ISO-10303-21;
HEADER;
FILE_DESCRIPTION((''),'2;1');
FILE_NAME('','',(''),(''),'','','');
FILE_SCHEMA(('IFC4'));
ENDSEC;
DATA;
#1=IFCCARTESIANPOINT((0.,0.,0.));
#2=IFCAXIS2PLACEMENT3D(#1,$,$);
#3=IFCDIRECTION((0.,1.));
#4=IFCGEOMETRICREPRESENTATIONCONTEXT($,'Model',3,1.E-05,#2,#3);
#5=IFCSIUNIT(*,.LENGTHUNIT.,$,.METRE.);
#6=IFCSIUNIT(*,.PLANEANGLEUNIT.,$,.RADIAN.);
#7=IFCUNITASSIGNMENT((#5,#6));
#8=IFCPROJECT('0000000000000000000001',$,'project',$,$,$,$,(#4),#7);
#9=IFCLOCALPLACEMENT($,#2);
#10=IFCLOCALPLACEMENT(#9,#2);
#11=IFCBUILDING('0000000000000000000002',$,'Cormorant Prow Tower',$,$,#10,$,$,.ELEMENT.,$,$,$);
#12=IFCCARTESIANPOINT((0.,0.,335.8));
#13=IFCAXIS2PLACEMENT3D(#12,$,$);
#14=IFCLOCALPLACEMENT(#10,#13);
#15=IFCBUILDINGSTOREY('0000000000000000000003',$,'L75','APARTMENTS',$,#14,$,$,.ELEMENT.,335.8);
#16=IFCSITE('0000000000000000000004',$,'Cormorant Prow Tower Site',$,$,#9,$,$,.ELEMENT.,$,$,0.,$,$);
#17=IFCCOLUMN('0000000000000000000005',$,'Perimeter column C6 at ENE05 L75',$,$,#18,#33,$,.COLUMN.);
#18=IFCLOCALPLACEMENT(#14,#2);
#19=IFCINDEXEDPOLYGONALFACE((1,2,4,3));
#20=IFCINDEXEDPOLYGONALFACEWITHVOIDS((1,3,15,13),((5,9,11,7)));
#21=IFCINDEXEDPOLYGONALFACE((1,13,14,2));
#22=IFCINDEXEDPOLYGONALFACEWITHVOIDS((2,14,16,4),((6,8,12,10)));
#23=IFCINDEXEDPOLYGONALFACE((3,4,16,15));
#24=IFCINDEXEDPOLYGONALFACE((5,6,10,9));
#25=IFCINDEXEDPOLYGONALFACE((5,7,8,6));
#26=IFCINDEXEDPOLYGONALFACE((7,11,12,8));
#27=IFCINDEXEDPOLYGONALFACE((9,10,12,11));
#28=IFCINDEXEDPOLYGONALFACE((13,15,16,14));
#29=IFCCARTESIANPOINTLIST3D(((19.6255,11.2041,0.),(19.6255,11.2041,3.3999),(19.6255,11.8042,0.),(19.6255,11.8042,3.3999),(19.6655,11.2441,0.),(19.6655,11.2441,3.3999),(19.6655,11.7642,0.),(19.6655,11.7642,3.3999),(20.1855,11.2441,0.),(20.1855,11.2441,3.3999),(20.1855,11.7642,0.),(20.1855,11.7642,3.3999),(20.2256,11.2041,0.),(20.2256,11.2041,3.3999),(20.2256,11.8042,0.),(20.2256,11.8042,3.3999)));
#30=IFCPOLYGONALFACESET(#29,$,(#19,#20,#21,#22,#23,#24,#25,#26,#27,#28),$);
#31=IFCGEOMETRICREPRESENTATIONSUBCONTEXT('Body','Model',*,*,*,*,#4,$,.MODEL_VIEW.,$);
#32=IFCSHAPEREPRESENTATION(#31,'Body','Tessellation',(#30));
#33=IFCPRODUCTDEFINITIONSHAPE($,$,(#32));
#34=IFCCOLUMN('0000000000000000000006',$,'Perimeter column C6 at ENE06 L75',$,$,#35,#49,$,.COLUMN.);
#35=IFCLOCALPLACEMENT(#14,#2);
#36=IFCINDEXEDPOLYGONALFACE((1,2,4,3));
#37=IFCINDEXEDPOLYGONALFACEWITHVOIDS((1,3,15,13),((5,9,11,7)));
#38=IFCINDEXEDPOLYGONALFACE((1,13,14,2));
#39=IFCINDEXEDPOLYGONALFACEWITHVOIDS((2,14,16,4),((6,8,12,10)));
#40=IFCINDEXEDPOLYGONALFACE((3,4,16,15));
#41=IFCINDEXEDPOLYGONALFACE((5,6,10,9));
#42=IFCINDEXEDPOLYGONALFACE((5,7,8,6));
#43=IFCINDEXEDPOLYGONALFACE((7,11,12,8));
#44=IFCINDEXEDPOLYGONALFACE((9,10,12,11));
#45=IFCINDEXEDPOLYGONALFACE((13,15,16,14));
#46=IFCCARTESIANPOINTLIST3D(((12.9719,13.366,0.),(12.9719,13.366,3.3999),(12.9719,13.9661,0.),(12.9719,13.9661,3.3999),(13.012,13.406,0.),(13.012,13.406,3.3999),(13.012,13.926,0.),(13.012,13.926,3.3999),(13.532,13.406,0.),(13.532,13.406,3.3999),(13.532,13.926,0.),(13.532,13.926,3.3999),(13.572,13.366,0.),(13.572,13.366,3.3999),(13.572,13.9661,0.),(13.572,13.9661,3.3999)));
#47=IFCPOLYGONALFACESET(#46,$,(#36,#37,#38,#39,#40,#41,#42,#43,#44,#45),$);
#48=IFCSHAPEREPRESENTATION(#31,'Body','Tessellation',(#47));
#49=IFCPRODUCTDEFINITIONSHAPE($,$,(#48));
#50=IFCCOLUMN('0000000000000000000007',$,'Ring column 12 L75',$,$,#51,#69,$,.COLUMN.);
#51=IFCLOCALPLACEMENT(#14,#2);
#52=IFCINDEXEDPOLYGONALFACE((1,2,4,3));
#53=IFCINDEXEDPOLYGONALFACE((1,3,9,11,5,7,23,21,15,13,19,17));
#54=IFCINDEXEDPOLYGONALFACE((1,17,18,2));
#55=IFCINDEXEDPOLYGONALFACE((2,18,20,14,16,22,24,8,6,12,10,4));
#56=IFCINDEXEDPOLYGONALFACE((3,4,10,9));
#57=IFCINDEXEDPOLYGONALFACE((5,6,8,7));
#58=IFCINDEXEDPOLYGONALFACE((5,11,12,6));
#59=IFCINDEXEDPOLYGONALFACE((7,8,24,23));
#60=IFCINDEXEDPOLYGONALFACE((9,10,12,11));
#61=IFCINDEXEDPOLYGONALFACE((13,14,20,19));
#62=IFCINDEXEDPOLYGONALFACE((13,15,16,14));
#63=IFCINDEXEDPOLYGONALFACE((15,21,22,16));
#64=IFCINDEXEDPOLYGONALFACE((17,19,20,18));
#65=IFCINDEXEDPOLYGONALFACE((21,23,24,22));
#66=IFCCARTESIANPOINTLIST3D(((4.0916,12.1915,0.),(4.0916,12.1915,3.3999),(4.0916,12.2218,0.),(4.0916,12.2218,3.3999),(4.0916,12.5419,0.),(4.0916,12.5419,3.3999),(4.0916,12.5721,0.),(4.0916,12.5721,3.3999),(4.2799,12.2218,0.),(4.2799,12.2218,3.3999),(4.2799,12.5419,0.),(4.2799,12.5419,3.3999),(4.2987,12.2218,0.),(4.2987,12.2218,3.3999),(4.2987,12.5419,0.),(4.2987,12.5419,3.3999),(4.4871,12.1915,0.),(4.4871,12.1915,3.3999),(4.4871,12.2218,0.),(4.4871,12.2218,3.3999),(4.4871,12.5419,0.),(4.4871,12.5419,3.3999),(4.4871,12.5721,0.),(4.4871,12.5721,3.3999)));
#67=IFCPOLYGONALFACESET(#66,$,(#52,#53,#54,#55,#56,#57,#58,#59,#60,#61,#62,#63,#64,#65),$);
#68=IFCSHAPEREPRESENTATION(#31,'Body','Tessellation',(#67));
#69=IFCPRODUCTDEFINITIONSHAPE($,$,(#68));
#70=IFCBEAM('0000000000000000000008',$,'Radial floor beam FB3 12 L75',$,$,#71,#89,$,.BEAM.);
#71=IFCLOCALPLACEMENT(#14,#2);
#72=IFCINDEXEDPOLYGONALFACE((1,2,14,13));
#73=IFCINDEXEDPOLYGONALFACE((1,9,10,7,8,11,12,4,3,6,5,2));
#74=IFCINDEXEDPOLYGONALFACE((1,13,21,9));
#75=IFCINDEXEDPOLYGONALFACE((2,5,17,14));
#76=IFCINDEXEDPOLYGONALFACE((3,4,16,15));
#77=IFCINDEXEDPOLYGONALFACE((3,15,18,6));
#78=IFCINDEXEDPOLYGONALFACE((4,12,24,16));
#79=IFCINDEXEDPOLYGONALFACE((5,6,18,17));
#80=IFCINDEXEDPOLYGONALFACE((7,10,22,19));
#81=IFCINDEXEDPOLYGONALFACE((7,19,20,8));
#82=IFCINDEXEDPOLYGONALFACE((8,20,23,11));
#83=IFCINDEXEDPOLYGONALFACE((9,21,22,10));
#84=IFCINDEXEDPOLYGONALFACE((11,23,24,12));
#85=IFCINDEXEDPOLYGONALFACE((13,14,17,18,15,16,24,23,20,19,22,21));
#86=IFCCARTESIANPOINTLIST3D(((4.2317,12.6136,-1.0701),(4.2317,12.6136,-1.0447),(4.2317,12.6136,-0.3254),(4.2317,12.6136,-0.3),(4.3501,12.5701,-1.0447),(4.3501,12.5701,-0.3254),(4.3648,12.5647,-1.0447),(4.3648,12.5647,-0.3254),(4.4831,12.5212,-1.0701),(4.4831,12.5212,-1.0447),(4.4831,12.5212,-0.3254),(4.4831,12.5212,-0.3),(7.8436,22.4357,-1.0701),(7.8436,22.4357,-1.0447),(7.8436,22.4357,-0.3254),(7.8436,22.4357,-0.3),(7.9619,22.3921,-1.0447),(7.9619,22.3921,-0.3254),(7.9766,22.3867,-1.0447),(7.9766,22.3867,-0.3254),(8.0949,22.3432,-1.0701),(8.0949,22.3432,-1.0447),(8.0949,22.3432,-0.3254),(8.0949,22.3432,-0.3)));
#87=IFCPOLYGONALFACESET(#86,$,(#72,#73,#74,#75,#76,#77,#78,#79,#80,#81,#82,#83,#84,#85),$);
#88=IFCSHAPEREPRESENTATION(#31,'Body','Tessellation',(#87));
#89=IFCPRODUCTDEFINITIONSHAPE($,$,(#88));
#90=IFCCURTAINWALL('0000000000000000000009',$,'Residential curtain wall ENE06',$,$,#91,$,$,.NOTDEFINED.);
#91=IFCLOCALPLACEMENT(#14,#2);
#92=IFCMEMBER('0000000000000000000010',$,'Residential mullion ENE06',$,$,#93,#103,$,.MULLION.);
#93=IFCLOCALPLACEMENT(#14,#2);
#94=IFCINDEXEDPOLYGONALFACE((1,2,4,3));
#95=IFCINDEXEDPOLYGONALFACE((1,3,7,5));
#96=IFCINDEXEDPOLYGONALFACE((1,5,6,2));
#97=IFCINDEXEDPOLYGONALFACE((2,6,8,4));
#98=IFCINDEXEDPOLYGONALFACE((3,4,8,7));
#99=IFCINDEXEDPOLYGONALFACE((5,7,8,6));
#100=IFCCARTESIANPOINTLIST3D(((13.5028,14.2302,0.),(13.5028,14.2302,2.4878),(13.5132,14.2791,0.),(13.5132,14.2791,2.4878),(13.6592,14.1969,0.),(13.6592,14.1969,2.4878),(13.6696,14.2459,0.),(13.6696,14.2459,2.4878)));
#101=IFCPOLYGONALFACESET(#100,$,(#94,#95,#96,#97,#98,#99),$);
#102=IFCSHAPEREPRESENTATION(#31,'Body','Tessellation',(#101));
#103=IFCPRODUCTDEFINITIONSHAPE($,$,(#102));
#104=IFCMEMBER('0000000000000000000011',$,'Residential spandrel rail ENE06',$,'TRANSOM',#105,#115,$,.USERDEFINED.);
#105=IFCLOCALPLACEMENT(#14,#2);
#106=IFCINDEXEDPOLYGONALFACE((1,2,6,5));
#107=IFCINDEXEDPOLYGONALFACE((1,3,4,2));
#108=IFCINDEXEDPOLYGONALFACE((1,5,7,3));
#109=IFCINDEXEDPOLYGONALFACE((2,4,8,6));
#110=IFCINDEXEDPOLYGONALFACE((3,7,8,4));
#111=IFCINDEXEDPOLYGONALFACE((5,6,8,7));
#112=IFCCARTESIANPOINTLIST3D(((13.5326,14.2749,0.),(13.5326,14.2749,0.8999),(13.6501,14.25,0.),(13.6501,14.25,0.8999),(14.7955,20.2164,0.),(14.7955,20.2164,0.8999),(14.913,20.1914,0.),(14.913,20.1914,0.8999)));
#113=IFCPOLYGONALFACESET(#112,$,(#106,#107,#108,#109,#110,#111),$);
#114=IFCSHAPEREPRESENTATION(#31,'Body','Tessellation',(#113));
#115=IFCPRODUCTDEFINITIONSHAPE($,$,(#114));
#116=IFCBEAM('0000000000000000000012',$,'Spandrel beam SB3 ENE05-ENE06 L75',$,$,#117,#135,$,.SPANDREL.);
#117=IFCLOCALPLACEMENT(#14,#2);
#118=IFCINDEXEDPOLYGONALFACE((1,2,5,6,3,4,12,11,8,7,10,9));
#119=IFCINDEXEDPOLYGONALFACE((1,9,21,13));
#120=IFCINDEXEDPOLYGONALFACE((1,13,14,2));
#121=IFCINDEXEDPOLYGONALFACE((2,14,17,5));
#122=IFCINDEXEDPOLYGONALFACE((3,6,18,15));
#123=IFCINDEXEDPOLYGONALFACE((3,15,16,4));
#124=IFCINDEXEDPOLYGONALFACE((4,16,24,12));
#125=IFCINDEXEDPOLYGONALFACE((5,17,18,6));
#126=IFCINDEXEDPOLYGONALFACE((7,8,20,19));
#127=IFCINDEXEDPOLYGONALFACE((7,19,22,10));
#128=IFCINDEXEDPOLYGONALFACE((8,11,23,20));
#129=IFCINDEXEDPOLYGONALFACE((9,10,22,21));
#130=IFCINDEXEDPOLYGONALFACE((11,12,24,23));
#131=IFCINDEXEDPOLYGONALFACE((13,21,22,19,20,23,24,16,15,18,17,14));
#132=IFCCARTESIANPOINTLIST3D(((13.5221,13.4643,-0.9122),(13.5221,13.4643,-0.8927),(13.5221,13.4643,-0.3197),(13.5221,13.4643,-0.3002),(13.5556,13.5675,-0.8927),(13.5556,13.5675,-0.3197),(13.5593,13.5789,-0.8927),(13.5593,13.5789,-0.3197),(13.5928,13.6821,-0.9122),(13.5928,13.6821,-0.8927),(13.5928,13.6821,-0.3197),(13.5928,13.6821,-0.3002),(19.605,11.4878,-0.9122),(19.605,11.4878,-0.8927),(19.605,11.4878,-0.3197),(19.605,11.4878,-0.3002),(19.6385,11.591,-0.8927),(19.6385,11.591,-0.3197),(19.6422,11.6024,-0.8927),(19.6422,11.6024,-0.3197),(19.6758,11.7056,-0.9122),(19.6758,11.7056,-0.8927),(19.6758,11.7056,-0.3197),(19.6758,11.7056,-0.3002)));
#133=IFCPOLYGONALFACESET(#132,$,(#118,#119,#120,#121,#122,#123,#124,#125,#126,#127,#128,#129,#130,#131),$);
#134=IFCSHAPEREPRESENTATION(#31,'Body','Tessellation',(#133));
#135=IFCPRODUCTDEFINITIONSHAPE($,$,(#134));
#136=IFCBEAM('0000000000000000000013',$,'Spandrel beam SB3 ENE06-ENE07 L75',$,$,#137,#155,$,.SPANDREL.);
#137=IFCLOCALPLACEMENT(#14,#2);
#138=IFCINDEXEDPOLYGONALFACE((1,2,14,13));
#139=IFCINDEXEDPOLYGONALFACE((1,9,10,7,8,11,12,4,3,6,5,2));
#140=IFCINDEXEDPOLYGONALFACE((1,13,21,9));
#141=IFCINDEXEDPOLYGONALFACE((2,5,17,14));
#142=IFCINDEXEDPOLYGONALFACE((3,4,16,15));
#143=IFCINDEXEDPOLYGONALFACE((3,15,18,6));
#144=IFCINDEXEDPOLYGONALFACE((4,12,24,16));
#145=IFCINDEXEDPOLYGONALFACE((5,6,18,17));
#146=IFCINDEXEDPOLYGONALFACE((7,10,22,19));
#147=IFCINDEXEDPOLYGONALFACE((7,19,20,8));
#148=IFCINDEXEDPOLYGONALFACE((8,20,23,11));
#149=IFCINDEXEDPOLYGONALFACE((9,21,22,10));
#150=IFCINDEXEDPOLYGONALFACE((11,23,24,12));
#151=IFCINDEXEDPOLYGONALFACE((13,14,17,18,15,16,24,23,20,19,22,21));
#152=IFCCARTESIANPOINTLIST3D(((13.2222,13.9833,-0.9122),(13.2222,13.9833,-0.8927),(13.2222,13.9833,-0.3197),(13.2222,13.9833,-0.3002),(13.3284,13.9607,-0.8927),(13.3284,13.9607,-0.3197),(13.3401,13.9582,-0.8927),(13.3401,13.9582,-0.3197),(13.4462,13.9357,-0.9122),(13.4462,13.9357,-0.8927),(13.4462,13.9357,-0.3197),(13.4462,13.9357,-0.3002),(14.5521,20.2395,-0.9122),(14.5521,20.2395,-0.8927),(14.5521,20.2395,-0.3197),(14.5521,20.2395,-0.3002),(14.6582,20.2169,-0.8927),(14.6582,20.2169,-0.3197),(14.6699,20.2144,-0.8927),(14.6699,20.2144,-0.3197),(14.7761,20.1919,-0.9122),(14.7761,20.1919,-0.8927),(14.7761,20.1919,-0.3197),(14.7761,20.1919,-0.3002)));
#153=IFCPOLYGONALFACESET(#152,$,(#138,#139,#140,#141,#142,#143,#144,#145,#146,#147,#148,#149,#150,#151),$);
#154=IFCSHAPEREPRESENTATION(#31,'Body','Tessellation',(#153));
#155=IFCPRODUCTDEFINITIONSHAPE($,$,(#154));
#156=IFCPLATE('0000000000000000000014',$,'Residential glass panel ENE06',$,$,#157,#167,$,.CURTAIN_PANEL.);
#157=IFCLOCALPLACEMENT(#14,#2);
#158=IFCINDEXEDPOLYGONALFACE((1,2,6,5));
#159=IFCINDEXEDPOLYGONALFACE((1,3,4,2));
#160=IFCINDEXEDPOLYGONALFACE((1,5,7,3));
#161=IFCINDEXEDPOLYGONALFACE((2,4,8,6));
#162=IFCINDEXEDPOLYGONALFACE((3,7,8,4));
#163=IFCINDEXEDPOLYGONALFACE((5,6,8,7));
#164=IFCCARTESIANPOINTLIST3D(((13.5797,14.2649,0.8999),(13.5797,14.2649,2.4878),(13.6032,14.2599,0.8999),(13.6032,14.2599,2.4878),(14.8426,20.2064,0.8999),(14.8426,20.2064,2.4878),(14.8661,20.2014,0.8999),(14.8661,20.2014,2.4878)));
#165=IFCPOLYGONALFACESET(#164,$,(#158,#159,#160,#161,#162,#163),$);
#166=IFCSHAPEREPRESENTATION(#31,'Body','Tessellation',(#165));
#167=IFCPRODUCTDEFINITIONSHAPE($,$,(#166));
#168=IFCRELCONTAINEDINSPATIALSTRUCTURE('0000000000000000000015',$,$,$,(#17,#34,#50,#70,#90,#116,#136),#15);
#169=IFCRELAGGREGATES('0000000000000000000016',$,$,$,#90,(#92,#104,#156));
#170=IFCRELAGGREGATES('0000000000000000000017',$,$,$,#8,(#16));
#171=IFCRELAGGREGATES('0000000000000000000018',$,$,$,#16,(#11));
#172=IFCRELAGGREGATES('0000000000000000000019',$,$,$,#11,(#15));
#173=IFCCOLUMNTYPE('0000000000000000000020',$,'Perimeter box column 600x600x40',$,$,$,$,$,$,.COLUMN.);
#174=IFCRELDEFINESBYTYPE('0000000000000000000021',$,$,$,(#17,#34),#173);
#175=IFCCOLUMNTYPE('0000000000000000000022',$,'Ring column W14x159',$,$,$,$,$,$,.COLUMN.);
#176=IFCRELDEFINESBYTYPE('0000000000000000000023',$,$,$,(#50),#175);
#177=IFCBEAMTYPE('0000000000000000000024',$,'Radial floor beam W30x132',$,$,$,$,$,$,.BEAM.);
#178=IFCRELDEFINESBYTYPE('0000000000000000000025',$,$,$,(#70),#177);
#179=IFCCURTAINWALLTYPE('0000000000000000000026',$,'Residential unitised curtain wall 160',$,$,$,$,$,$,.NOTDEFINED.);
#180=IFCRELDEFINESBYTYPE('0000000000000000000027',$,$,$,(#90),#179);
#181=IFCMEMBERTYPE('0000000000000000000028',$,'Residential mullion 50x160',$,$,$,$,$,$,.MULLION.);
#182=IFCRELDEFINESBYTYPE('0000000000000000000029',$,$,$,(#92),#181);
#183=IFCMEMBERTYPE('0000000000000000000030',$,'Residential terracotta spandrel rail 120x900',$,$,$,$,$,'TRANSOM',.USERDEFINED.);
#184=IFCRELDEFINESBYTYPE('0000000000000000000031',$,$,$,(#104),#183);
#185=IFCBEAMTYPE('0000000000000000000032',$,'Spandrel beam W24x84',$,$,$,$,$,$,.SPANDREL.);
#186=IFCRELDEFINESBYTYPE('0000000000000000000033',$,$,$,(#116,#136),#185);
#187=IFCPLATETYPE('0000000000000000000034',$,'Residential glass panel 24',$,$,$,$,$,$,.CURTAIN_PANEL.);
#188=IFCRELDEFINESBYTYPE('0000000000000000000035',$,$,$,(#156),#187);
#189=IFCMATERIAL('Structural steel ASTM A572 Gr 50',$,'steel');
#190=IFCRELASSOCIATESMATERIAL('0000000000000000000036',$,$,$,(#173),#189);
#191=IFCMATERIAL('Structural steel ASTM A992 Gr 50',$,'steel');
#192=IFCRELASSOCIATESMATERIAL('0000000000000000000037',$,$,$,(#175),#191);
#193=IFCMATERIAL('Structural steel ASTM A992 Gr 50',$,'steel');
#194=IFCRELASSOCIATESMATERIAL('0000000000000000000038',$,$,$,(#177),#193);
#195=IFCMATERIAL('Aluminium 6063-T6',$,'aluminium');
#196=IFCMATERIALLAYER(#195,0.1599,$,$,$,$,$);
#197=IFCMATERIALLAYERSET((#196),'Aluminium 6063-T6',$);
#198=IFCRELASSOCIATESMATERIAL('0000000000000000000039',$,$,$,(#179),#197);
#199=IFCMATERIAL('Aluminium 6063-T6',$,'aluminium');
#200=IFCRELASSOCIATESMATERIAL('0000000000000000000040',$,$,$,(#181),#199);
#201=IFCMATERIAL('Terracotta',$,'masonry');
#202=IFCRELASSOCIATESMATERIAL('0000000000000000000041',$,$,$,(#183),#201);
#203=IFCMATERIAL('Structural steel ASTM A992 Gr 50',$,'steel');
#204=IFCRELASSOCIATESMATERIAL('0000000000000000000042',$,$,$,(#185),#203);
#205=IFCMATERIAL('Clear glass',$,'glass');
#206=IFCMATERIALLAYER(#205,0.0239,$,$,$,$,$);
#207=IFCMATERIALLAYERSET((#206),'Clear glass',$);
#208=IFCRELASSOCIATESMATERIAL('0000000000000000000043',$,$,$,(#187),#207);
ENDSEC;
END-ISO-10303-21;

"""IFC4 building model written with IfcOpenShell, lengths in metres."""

from ifc_helpers import new_model, si_unit, direction, frame, origin, origin_2d, place, context, subcontext, project, spatial, rectangle, hollow_rectangle, i_section, extrude, material, layer, layer_set, material_profile, profile_set, type_object, element, aggregate, save


model = new_model("IFC4")

# Units and contexts
model_context = context("Model", 3, precision=1e-05, world=origin(), true_north=direction((0.0, 1.0)))
body_context = subcontext(model_context, "Body", "Model", "MODEL_VIEW")
ifc_project = project(units=[si_unit("LENGTHUNIT", "METRE"), si_unit("PLANEANGLEUNIT", "RADIAN")], contexts=[model_context])

# Site, building, storey
site_placement = place(None, origin())
site = spatial("IfcSite", under=ifc_project, at=site_placement, Name="Cormorant Prow Tower Site", CompositionType="ELEMENT", RefElevation=0.0)
building_placement = place(site_placement, origin())
building = spatial("IfcBuilding", under=site, at=building_placement, Name="Cormorant Prow Tower", CompositionType="ELEMENT")
storey_placement = place(building_placement, frame((0.0, 0.0, 335.8)))
storey = spatial("IfcBuildingStorey", under=building, at=storey_placement, Name="L75", Description="APARTMENTS", CompositionType="ELEMENT", Elevation=335.8)

# Columns
ifc_material_1 = material(Name="Structural steel ASTM A572 Gr 50", Category="steel")
ifc_material_profile_1 = material_profile(ifc_material_1, hollow_rectangle(XDim=0.6001, YDim=0.6001, WallThickness=0.04, at=origin_2d()), Name="Box 600x600x40")
ifc_profile_set_1 = profile_set([ifc_material_profile_1], Name="Structural steel ASTM A572 Gr 50")
column_type_1 = type_object("IfcColumnType", Name="Perimeter box column 600x600x40", PredefinedType="COLUMN", material=ifc_profile_set_1)
for number, where, z_axis, x_axis, name in (
    (1, (19.9255, 11.5042, 0.0), (0.0, 0.0, 1.0), (1.0, 0.0, 0.0), "Perimeter column C6 at ENE05 L75"),
    (2, (13.272, 13.666, 0.0), (0.0, 0.0, 1.0), (1.0, 0.0, 0.0), "Perimeter column C6 at ENE06 L75"),
):
    element("IfcColumn", number, at=place(storey_placement, frame(where, z_axis=z_axis, x_axis=x_axis)), inside=storey, type_object=column_type_1, Name=name, PredefinedType="COLUMN", context=body_context, shape_type="SweptSolid", body=[
        extrude(hollow_rectangle(XDim=0.6001, YDim=0.6001, WallThickness=0.04, at=origin_2d()), origin(), (0.0, 0.0, 1.0), 3.3999),
    ])
ifc_material_2 = material(Name="Structural steel ASTM A992 Gr 50", Category="steel")
ifc_material_profile_2 = material_profile(ifc_material_2, i_section(OverallWidth=0.3955, OverallDepth=0.3806, WebThickness=0.0188, FlangeThickness=0.0303, at=origin_2d()), Name="W14x159")
ifc_profile_set_2 = profile_set([ifc_material_profile_2], Name="Structural steel ASTM A992 Gr 50")
column_type_2 = type_object("IfcColumnType", Name="Ring column W14x159", PredefinedType="COLUMN", material=ifc_profile_set_2)
column_placement = place(storey_placement, frame((4.2893, 12.3818, 0.0), z_axis=(0.0, 0.0, 1.0), x_axis=(1.0, 0.0, 0.0)))
element("IfcColumn", 3, at=column_placement, inside=storey, type_object=column_type_2, Name="Ring column 12 L75", PredefinedType="COLUMN", context=body_context, shape_type="SweptSolid", body=[
    extrude(i_section(OverallWidth=0.3955, OverallDepth=0.3806, WebThickness=0.0188, FlangeThickness=0.0303, at=origin_2d()), origin(), (0.0, 0.0, 1.0), 3.3999),
])

# Beam
ifc_material_3 = material(Name="Structural steel ASTM A992 Gr 50", Category="steel")
ifc_material_profile_3 = material_profile(ifc_material_3, i_section(OverallWidth=0.2678, OverallDepth=0.77, WebThickness=0.0156, FlangeThickness=0.0254, at=origin_2d()), Name="W30x132")
ifc_profile_set_3 = profile_set([ifc_material_profile_3], Name="Structural steel ASTM A992 Gr 50")
beam_type_1 = type_object("IfcBeamType", Name="Radial floor beam W30x132", PredefinedType="BEAM", material=ifc_profile_set_3)
beam_placement = place(storey_placement, frame((4.3574, 12.5674, -0.6851), z_axis=(0.345131, 0.938554, 0.0), x_axis=(-0.938554, 0.345131, 0.0)))
element("IfcBeam", 4, at=beam_placement, inside=storey, type_object=beam_type_1, Name="Radial floor beam FB3 12 L75", PredefinedType="BEAM", context=body_context, shape_type="SweptSolid", body=[
    extrude(i_section(OverallWidth=0.2678, OverallDepth=0.77, WebThickness=0.0156, FlangeThickness=0.0254, at=origin_2d()), origin(), (0.0, 0.0, 1.0), 10.4651),
])

# Curtain wall, members
ifc_material_4 = material(Name="Aluminium 6063-T6", Category="aluminium")
ifc_layer_1 = layer(ifc_material_4, 0.1599)
ifc_layer_set_1 = layer_set([ifc_layer_1], Name="Aluminium 6063-T6")
curtain_wall_type = type_object("IfcCurtainWallType", Name="Residential unitised curtain wall 160", PredefinedType="NOTDEFINED", material=ifc_layer_set_1)
curtain_wall_placement = place(storey_placement, origin())
curtain_wall = element("IfcCurtainWall", 5, at=curtain_wall_placement, inside=storey, type_object=curtain_wall_type, Name="Residential curtain wall ENE06", PredefinedType="NOTDEFINED")
ifc_material_5 = material(Name="Aluminium 6063-T6", Category="aluminium")
ifc_material_profile_4 = material_profile(ifc_material_5, rectangle(XDim=0.1599, YDim=0.05, at=origin_2d()), Name="Residential mullion 50x160")
ifc_profile_set_4 = profile_set([ifc_material_profile_4], Name="Aluminium 6063-T6")
member_type_1 = type_object("IfcMemberType", Name="Residential mullion 50x160", PredefinedType="MULLION", material=ifc_profile_set_4)
member_1_placement = place(storey_placement, frame((13.5862, 14.238, 0.0), z_axis=(0.0, 0.0, 1.0), x_axis=(-0.978148, 0.207912, 0.0)))
member_1 = element("IfcMember", 6, at=member_1_placement, type_object=member_type_1, Name="Residential mullion ENE06", PredefinedType="MULLION", context=body_context, shape_type="SweptSolid", body=[
    extrude(rectangle(XDim=0.1599, YDim=0.05, at=origin_2d()), origin(), (0.0, 0.0, 1.0), 2.4878),
])
ifc_material_6 = material(Name="Terracotta", Category="masonry")
ifc_material_profile_5 = material_profile(ifc_material_6, rectangle(XDim=0.1201, YDim=0.8999, at=origin_2d()), Name="Residential terracotta spandrel rail 120x900")
ifc_profile_set_5 = profile_set([ifc_material_profile_5], Name="Terracotta")
member_type_2 = type_object("IfcMemberType", Name="Residential terracotta spandrel rail 120x900", ElementType="TRANSOM", PredefinedType="USERDEFINED", material=ifc_profile_set_5)
member_2_placement = place(storey_placement, frame((13.5913, 14.2625, 0.45), z_axis=(0.20792, 0.978146, 0.0), x_axis=(-0.978146, 0.20792, 0.0)))
member_2 = element("IfcMember", 7, at=member_2_placement, type_object=member_type_2, Name="Residential spandrel rail ENE06", ObjectType="TRANSOM", PredefinedType="USERDEFINED", context=body_context, shape_type="SweptSolid", body=[
    extrude(rectangle(XDim=0.1201, YDim=0.8999, at=origin_2d()), origin(), (0.0, 0.0, 1.0), 6.0742),
])

# Beams
ifc_material_7 = material(Name="Structural steel ASTM A992 Gr 50", Category="steel")
ifc_material_profile_6 = material_profile(ifc_material_7, i_section(OverallWidth=0.229, OverallDepth=0.6121, WebThickness=0.012, FlangeThickness=0.0195, at=origin_2d()), Name="W24x84")
ifc_profile_set_6 = profile_set([ifc_material_profile_6], Name="Structural steel ASTM A992 Gr 50")
beam_type_2 = type_object("IfcBeamType", Name="Spandrel beam W24x84", PredefinedType="SPANDREL", material=ifc_profile_set_6)
for number, where, z_axis, x_axis, name in (
    (8, (19.6404, 11.5967, -0.6062), (-0.951053, 0.309027, 0.0), (-0.309027, -0.951053, 0.0), "Spandrel beam SB3 ENE05-ENE06 L75"),
    (9, (13.3342, 13.9595, -0.6062), (0.20792, 0.978146, 0.0), (-0.978146, 0.20792, 0.0), "Spandrel beam SB3 ENE06-ENE07 L75"),
):
    element("IfcBeam", number, at=place(storey_placement, frame(where, z_axis=z_axis, x_axis=x_axis)), inside=storey, type_object=beam_type_2, Name=name, PredefinedType="SPANDREL", context=body_context, shape_type="SweptSolid", body=[
        extrude(i_section(OverallWidth=0.229, OverallDepth=0.6121, WebThickness=0.012, FlangeThickness=0.0195, at=origin_2d()), origin(), (0.0, 0.0, 1.0), 6.396),
    ])

# Plate
ifc_material_8 = material(Name="Clear glass", Category="glass")
ifc_layer_2 = layer(ifc_material_8, 0.0239)
ifc_layer_set_2 = layer_set([ifc_layer_2], Name="Clear glass")
plate_type = type_object("IfcPlateType", Name="Residential glass panel 24", PredefinedType="CURTAIN_PANEL", material=ifc_layer_set_2)
plate_placement = place(storey_placement, frame((14.2229, 17.2332, 0.8999), z_axis=(0.0, 0.0, 1.0), x_axis=(0.207912, 0.978148, 0.0)))
plate = element("IfcPlate", 10, at=plate_placement, type_object=plate_type, Name="Residential glass panel ENE06", PredefinedType="CURTAIN_PANEL", context=body_context, shape_type="SweptSolid", body=[
    extrude(rectangle(XDim=6.0742, YDim=0.0239, at=origin_2d()), origin(), (0.0, 0.0, 1.0), 1.5879),
])
aggregate(curtain_wall, [member_1, member_2, plate])

save(model, "model.ifc")
